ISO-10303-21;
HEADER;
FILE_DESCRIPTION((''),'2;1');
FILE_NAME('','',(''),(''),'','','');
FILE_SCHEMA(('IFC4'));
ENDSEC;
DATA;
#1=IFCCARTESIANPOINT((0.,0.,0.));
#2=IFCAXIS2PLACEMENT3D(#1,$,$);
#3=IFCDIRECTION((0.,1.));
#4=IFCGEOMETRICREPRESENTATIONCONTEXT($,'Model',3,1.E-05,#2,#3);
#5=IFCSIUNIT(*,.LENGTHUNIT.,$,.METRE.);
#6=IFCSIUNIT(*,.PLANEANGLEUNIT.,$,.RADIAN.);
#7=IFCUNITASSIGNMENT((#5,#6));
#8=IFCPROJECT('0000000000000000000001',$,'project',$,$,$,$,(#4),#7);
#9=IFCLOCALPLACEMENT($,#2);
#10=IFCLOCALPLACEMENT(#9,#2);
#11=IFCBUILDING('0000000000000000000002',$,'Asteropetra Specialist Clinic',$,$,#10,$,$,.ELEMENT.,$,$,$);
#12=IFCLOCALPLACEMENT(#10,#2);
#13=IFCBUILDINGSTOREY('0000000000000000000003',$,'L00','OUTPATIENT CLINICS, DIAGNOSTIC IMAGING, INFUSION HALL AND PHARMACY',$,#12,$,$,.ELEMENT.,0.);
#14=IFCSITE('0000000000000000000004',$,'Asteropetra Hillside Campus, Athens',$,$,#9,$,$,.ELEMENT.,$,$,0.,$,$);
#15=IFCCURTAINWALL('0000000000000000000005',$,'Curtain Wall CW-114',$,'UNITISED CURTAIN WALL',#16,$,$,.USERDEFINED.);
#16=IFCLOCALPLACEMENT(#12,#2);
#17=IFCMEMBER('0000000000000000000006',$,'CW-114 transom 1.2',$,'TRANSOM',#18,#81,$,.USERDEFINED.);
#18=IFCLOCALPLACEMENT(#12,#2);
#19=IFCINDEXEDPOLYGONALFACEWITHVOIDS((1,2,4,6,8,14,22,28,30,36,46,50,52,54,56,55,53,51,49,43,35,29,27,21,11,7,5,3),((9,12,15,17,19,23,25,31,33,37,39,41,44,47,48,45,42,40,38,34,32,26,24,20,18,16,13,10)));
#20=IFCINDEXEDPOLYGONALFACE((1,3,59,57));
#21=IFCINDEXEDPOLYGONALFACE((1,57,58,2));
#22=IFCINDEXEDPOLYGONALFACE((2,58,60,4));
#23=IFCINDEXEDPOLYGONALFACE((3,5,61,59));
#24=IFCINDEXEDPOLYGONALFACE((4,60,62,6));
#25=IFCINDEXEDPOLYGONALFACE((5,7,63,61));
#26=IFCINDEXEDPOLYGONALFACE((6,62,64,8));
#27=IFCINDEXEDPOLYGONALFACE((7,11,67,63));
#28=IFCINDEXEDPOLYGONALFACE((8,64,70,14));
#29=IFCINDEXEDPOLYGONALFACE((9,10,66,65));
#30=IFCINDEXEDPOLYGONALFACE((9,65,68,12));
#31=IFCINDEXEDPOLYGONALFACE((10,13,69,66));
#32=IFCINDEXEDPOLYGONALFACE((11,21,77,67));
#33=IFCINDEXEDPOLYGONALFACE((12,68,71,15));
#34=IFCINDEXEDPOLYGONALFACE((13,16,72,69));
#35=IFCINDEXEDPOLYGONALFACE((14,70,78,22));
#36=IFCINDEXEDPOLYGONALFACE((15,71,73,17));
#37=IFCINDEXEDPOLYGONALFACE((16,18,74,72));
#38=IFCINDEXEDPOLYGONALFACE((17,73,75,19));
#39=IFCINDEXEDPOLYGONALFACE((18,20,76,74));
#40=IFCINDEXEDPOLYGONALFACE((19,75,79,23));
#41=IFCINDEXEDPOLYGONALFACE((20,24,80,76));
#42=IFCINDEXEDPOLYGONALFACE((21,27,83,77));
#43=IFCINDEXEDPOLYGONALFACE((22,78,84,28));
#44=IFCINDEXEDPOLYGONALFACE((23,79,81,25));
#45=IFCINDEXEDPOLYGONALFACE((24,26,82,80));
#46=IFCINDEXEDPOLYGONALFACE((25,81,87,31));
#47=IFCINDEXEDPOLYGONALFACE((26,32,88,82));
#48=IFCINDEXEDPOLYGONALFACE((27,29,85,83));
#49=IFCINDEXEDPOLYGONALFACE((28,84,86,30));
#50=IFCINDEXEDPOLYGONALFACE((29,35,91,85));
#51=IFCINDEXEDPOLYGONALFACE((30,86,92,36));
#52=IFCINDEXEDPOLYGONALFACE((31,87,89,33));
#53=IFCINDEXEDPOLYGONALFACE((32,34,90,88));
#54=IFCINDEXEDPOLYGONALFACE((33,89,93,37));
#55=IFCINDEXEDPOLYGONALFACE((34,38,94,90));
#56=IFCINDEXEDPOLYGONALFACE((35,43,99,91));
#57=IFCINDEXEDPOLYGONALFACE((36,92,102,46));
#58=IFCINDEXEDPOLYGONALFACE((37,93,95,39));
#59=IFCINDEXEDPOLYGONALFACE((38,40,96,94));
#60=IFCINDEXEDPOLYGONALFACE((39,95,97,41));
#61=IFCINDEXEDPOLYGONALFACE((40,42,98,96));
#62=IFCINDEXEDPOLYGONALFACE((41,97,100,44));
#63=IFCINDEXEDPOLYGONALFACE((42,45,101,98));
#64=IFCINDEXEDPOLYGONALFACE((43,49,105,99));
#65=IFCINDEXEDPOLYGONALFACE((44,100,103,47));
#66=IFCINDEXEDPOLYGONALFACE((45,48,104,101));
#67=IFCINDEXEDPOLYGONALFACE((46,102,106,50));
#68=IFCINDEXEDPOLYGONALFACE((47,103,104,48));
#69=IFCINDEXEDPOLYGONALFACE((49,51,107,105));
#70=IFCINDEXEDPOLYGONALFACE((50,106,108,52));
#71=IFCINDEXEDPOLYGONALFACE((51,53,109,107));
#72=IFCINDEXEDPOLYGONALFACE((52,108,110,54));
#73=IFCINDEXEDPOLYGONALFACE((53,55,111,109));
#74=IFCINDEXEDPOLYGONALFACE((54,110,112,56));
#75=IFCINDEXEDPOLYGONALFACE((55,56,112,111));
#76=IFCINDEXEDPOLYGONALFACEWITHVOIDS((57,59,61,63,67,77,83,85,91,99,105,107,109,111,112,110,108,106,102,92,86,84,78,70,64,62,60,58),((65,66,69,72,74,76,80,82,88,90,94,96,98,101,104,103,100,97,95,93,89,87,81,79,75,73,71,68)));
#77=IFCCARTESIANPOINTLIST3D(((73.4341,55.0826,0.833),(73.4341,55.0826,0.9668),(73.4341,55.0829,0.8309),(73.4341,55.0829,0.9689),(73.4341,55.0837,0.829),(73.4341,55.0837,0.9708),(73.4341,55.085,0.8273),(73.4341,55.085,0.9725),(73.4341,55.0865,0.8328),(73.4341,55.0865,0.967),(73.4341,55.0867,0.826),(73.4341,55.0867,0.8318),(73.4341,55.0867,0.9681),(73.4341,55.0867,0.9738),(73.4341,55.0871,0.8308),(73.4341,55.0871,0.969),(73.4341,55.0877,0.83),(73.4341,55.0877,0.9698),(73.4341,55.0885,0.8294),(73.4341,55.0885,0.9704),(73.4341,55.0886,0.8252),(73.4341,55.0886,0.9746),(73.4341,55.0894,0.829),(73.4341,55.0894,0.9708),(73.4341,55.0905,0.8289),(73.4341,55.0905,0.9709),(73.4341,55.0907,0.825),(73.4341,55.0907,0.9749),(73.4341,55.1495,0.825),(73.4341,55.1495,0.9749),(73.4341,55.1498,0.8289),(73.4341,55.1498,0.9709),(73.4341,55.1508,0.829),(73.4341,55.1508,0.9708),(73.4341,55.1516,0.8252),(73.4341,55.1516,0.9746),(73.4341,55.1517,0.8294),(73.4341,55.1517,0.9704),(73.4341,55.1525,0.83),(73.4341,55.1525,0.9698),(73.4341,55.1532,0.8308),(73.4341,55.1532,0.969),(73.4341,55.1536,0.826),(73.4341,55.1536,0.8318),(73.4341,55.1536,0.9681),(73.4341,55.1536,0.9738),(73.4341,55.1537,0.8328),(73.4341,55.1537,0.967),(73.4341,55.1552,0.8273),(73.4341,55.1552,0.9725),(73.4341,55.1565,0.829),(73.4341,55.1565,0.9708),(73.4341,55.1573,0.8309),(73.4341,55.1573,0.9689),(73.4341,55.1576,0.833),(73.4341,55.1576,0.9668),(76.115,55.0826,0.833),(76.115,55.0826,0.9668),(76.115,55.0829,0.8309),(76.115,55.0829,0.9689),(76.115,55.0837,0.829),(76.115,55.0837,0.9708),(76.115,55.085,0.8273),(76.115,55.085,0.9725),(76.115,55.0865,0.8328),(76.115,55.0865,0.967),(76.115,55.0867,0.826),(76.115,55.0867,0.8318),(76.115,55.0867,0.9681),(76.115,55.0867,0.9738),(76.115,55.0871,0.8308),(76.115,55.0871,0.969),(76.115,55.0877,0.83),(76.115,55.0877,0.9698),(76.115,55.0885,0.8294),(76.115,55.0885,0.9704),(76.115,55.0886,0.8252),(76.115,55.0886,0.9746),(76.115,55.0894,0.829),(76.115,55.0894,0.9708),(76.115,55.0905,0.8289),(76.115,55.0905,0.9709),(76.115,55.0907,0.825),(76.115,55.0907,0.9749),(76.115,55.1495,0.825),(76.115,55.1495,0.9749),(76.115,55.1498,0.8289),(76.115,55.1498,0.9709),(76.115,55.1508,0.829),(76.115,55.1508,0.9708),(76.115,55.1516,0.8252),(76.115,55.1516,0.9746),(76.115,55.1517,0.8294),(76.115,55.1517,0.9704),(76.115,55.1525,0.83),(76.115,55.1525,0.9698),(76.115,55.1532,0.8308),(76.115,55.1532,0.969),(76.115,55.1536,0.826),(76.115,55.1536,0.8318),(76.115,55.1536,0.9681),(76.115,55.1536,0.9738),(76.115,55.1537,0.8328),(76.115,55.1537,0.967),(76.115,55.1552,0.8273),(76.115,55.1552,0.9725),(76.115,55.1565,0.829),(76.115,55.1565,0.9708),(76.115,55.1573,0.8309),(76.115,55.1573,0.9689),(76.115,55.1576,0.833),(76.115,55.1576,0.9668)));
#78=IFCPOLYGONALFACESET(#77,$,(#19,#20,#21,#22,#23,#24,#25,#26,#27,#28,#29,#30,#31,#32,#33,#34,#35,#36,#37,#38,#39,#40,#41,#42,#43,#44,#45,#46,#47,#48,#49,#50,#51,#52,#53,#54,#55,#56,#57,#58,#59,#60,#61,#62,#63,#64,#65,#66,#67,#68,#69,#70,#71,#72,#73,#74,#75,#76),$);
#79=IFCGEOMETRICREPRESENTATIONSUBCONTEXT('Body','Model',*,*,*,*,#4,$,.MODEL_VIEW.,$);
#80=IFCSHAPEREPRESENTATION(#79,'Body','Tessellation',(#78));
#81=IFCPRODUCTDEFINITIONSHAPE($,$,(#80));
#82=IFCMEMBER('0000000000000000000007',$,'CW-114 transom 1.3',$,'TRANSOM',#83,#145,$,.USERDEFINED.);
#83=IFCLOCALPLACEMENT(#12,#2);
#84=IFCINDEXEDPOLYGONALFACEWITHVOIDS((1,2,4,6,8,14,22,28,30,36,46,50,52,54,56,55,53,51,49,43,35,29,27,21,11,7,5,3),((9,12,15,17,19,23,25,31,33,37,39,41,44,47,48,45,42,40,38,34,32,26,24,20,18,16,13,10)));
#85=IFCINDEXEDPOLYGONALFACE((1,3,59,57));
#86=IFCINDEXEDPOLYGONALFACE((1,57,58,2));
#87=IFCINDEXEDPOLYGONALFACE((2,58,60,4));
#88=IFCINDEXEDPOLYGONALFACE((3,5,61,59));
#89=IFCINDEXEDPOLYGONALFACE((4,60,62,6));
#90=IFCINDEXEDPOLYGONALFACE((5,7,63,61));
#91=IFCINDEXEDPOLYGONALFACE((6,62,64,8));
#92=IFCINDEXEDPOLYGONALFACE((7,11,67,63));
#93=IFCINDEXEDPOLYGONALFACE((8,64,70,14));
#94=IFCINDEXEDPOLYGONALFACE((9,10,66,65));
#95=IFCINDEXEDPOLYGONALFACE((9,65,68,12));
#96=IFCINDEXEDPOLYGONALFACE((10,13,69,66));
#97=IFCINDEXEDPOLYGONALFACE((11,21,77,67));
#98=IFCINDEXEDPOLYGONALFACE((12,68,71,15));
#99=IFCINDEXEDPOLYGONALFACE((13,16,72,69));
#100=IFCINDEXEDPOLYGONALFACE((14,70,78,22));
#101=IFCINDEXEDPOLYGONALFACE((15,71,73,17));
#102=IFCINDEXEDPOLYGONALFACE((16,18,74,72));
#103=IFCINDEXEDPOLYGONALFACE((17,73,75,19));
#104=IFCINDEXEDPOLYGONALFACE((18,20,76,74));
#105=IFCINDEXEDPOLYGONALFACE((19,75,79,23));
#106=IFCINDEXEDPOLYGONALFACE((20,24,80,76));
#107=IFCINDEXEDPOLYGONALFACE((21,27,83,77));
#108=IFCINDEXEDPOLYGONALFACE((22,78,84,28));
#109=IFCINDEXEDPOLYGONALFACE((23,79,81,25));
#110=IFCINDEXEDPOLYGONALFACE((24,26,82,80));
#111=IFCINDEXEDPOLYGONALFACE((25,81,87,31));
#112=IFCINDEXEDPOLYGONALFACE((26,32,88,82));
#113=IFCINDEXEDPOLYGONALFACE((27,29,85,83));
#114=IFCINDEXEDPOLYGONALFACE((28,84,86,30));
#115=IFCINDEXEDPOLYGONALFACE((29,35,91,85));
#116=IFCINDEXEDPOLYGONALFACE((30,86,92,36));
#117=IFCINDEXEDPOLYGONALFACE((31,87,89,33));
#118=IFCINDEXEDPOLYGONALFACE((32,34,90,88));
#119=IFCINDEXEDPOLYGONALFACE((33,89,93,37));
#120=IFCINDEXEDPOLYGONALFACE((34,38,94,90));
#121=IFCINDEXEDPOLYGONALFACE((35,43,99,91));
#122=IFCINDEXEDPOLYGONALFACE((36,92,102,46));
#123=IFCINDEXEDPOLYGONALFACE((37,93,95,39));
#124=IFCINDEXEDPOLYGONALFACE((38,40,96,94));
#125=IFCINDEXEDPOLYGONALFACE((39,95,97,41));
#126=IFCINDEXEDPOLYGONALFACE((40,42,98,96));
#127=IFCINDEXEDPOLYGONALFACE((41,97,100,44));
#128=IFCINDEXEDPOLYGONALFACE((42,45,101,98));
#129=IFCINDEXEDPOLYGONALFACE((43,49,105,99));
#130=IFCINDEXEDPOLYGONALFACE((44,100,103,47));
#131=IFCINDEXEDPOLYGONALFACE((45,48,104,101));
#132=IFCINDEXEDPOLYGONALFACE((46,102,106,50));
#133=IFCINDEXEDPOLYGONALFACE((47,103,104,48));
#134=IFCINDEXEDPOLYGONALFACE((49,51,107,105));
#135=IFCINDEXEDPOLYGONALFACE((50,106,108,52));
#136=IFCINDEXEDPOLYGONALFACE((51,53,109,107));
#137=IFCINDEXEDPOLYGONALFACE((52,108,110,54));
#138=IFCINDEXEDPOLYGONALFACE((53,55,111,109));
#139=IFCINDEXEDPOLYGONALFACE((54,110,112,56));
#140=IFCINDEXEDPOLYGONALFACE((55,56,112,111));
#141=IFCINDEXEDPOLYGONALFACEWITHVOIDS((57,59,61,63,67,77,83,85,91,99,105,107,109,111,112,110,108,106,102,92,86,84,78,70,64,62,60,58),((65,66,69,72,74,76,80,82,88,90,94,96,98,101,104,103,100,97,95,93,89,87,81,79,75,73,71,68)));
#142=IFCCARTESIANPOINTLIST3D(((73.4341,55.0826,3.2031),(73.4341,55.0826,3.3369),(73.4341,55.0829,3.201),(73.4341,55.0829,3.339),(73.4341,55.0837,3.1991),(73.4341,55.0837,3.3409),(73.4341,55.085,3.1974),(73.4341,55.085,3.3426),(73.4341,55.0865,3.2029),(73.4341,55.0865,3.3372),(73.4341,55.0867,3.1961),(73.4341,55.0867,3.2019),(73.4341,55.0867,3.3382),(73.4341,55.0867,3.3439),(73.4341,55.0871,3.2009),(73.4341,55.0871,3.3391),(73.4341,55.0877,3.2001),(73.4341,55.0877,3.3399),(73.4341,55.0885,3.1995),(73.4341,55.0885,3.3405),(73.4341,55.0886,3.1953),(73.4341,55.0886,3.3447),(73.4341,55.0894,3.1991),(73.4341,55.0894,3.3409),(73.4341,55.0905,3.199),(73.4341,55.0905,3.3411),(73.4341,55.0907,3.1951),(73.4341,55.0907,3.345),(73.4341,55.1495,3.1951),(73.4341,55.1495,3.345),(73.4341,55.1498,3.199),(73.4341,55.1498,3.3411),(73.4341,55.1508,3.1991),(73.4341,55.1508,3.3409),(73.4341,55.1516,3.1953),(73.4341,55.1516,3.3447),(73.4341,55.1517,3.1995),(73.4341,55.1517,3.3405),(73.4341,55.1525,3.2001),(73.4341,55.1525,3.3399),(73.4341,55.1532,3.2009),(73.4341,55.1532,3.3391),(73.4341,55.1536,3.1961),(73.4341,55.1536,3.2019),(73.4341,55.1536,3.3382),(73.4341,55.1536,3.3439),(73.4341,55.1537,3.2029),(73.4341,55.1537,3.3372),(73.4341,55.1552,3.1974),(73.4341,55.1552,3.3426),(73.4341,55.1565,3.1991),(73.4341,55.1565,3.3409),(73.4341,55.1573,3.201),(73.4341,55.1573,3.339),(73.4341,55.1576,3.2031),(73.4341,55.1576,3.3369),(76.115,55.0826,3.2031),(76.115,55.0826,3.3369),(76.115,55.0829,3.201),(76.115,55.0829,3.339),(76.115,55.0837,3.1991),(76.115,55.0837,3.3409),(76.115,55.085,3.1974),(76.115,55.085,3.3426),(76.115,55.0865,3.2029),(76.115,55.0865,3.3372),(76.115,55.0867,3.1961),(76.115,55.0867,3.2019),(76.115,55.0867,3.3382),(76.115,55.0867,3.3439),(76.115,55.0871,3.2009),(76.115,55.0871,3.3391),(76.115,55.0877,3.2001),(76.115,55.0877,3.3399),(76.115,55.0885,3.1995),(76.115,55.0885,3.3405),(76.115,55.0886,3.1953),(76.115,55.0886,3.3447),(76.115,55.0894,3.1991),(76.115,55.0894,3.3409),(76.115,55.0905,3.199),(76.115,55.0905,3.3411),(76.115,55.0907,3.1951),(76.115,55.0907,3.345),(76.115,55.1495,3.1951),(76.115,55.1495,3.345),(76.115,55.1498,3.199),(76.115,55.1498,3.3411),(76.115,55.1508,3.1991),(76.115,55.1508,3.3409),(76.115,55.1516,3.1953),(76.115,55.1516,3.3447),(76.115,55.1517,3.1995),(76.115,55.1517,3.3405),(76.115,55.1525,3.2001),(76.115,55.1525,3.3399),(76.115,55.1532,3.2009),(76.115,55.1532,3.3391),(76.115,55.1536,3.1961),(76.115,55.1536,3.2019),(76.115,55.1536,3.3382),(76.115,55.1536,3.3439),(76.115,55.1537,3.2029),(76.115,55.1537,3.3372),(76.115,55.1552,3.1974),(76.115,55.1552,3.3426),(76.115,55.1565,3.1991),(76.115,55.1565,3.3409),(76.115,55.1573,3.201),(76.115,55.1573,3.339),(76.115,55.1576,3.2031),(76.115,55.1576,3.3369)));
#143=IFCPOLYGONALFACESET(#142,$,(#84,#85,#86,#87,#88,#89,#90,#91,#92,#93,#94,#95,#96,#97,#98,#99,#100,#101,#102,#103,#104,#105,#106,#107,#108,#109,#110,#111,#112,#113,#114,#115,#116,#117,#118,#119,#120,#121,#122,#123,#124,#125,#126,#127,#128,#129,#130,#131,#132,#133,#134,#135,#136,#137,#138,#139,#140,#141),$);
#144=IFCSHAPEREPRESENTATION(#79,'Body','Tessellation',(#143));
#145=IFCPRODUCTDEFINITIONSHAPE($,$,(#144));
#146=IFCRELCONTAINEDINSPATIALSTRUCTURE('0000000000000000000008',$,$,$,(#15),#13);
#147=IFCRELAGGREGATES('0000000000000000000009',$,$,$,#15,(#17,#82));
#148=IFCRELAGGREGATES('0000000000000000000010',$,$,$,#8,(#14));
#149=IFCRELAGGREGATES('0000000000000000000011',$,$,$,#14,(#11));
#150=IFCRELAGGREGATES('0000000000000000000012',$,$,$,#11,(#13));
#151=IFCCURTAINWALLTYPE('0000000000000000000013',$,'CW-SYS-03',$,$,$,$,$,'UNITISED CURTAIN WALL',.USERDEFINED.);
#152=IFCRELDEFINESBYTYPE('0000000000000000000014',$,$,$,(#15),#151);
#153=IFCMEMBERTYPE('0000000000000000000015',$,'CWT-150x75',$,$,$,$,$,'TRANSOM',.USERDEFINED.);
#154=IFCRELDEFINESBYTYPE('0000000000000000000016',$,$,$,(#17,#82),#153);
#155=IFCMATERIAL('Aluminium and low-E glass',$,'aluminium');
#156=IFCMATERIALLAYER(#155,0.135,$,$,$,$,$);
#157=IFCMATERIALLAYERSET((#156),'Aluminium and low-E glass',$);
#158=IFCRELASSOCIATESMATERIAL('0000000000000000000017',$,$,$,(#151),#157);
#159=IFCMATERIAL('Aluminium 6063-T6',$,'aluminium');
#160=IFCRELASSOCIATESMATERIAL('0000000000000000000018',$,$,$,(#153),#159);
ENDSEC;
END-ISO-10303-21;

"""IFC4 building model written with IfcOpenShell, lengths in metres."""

from ifc_helpers import new_model, si_unit, direction, frame, origin, origin_2d, place, context, subcontext, project, spatial, hollow_rectangle, extrude, material, layer, layer_set, material_profile, profile_set, type_object, element, aggregate, save


model = new_model("IFC4")

# Units and contexts
model_context = context("Model", 3, precision=1e-05, world=origin(), true_north=direction((0.0, 1.0)))
body_context = subcontext(model_context, "Body", "Model", "MODEL_VIEW")
ifc_project = project(units=[si_unit("LENGTHUNIT", "METRE"), si_unit("PLANEANGLEUNIT", "RADIAN")], contexts=[model_context])

# Site, building, storey
site_placement = place(None, origin())
site = spatial("IfcSite", under=ifc_project, at=site_placement, Name="Asteropetra Hillside Campus, Athens", CompositionType="ELEMENT", RefElevation=0.0)
building_placement = place(site_placement, origin())
building = spatial("IfcBuilding", under=site, at=building_placement, Name="Asteropetra Specialist Clinic", CompositionType="ELEMENT")
storey_placement = place(building_placement, origin())
storey = spatial("IfcBuildingStorey", under=building, at=storey_placement, Name="L00", Description="OUTPATIENT CLINICS, DIAGNOSTIC IMAGING, INFUSION HALL AND PHARMACY", CompositionType="ELEMENT", Elevation=0.0)

# Curtain wall, members
ifc_material_1 = material(Name="Aluminium and low-E glass", Category="aluminium")
ifc_layer_1 = layer(ifc_material_1, 0.135)
ifc_layer_set_1 = layer_set([ifc_layer_1], Name="Aluminium and low-E glass")
curtain_wall_type_1 = type_object("IfcCurtainWallType", Name="CW-SYS-03", ElementType="UNITISED CURTAIN WALL", PredefinedType="USERDEFINED", material=ifc_layer_set_1)
curtain_wall_1_placement = place(storey_placement, origin())
curtain_wall_1 = element("IfcCurtainWall", 1, at=curtain_wall_1_placement, inside=storey, type_object=curtain_wall_type_1, Name="Curtain Wall CW-114", ObjectType="UNITISED CURTAIN WALL", PredefinedType="USERDEFINED")
ifc_material_2 = material(Name="Aluminium 6063-T6", Category="aluminium")
ifc_material_profile_1 = material_profile(ifc_material_2, hollow_rectangle(XDim=0.075, YDim=0.1499, WallThickness=0.0039, InnerFilletRadius=0.0039, OuterFilletRadius=0.0081, at=origin_2d()), Name="TRN 150x75x4.0")
ifc_profile_set_1 = profile_set([ifc_material_profile_1], Name="Aluminium 6063-T6")
member_type_1 = type_object("IfcMemberType", Name="CWT-150x75", ElementType="TRANSOM", PredefinedType="USERDEFINED", material=ifc_profile_set_1)
member_1_placement = place(storey_placement, frame((76.115, 55.1201, 0.8999), z_axis=(-1.0, 0.0, 0.0), x_axis=(0.0, -1.0, 0.0)))
member_1 = element("IfcMember", 2, at=member_1_placement, type_object=member_type_1, Name="CW-114 transom 1.2", ObjectType="TRANSOM", PredefinedType="USERDEFINED", context=body_context, shape_type="SweptSolid", body=[
    extrude(hollow_rectangle(XDim=0.075, YDim=0.1499, WallThickness=0.0039, InnerFilletRadius=0.0039, OuterFilletRadius=0.0081, at=origin_2d()), origin(), (0.0, 0.0, 1.0), 2.6809),
])
member_2_placement = place(storey_placement, frame((76.115, 55.1201, 3.27), z_axis=(-1.0, 0.0, 0.0), x_axis=(0.0, -1.0, 0.0)))
member_2 = element("IfcMember", 3, at=member_2_placement, type_object=member_type_1, Name="CW-114 transom 1.3", ObjectType="TRANSOM", PredefinedType="USERDEFINED", context=body_context, shape_type="SweptSolid", body=[
    extrude(hollow_rectangle(XDim=0.075, YDim=0.1499, WallThickness=0.0039, InnerFilletRadius=0.0039, OuterFilletRadius=0.0081, at=origin_2d()), origin(), (0.0, 0.0, 1.0), 2.6809),
])
aggregate(curtain_wall_1, [member_1, member_2])

save(model, "model.ifc")
